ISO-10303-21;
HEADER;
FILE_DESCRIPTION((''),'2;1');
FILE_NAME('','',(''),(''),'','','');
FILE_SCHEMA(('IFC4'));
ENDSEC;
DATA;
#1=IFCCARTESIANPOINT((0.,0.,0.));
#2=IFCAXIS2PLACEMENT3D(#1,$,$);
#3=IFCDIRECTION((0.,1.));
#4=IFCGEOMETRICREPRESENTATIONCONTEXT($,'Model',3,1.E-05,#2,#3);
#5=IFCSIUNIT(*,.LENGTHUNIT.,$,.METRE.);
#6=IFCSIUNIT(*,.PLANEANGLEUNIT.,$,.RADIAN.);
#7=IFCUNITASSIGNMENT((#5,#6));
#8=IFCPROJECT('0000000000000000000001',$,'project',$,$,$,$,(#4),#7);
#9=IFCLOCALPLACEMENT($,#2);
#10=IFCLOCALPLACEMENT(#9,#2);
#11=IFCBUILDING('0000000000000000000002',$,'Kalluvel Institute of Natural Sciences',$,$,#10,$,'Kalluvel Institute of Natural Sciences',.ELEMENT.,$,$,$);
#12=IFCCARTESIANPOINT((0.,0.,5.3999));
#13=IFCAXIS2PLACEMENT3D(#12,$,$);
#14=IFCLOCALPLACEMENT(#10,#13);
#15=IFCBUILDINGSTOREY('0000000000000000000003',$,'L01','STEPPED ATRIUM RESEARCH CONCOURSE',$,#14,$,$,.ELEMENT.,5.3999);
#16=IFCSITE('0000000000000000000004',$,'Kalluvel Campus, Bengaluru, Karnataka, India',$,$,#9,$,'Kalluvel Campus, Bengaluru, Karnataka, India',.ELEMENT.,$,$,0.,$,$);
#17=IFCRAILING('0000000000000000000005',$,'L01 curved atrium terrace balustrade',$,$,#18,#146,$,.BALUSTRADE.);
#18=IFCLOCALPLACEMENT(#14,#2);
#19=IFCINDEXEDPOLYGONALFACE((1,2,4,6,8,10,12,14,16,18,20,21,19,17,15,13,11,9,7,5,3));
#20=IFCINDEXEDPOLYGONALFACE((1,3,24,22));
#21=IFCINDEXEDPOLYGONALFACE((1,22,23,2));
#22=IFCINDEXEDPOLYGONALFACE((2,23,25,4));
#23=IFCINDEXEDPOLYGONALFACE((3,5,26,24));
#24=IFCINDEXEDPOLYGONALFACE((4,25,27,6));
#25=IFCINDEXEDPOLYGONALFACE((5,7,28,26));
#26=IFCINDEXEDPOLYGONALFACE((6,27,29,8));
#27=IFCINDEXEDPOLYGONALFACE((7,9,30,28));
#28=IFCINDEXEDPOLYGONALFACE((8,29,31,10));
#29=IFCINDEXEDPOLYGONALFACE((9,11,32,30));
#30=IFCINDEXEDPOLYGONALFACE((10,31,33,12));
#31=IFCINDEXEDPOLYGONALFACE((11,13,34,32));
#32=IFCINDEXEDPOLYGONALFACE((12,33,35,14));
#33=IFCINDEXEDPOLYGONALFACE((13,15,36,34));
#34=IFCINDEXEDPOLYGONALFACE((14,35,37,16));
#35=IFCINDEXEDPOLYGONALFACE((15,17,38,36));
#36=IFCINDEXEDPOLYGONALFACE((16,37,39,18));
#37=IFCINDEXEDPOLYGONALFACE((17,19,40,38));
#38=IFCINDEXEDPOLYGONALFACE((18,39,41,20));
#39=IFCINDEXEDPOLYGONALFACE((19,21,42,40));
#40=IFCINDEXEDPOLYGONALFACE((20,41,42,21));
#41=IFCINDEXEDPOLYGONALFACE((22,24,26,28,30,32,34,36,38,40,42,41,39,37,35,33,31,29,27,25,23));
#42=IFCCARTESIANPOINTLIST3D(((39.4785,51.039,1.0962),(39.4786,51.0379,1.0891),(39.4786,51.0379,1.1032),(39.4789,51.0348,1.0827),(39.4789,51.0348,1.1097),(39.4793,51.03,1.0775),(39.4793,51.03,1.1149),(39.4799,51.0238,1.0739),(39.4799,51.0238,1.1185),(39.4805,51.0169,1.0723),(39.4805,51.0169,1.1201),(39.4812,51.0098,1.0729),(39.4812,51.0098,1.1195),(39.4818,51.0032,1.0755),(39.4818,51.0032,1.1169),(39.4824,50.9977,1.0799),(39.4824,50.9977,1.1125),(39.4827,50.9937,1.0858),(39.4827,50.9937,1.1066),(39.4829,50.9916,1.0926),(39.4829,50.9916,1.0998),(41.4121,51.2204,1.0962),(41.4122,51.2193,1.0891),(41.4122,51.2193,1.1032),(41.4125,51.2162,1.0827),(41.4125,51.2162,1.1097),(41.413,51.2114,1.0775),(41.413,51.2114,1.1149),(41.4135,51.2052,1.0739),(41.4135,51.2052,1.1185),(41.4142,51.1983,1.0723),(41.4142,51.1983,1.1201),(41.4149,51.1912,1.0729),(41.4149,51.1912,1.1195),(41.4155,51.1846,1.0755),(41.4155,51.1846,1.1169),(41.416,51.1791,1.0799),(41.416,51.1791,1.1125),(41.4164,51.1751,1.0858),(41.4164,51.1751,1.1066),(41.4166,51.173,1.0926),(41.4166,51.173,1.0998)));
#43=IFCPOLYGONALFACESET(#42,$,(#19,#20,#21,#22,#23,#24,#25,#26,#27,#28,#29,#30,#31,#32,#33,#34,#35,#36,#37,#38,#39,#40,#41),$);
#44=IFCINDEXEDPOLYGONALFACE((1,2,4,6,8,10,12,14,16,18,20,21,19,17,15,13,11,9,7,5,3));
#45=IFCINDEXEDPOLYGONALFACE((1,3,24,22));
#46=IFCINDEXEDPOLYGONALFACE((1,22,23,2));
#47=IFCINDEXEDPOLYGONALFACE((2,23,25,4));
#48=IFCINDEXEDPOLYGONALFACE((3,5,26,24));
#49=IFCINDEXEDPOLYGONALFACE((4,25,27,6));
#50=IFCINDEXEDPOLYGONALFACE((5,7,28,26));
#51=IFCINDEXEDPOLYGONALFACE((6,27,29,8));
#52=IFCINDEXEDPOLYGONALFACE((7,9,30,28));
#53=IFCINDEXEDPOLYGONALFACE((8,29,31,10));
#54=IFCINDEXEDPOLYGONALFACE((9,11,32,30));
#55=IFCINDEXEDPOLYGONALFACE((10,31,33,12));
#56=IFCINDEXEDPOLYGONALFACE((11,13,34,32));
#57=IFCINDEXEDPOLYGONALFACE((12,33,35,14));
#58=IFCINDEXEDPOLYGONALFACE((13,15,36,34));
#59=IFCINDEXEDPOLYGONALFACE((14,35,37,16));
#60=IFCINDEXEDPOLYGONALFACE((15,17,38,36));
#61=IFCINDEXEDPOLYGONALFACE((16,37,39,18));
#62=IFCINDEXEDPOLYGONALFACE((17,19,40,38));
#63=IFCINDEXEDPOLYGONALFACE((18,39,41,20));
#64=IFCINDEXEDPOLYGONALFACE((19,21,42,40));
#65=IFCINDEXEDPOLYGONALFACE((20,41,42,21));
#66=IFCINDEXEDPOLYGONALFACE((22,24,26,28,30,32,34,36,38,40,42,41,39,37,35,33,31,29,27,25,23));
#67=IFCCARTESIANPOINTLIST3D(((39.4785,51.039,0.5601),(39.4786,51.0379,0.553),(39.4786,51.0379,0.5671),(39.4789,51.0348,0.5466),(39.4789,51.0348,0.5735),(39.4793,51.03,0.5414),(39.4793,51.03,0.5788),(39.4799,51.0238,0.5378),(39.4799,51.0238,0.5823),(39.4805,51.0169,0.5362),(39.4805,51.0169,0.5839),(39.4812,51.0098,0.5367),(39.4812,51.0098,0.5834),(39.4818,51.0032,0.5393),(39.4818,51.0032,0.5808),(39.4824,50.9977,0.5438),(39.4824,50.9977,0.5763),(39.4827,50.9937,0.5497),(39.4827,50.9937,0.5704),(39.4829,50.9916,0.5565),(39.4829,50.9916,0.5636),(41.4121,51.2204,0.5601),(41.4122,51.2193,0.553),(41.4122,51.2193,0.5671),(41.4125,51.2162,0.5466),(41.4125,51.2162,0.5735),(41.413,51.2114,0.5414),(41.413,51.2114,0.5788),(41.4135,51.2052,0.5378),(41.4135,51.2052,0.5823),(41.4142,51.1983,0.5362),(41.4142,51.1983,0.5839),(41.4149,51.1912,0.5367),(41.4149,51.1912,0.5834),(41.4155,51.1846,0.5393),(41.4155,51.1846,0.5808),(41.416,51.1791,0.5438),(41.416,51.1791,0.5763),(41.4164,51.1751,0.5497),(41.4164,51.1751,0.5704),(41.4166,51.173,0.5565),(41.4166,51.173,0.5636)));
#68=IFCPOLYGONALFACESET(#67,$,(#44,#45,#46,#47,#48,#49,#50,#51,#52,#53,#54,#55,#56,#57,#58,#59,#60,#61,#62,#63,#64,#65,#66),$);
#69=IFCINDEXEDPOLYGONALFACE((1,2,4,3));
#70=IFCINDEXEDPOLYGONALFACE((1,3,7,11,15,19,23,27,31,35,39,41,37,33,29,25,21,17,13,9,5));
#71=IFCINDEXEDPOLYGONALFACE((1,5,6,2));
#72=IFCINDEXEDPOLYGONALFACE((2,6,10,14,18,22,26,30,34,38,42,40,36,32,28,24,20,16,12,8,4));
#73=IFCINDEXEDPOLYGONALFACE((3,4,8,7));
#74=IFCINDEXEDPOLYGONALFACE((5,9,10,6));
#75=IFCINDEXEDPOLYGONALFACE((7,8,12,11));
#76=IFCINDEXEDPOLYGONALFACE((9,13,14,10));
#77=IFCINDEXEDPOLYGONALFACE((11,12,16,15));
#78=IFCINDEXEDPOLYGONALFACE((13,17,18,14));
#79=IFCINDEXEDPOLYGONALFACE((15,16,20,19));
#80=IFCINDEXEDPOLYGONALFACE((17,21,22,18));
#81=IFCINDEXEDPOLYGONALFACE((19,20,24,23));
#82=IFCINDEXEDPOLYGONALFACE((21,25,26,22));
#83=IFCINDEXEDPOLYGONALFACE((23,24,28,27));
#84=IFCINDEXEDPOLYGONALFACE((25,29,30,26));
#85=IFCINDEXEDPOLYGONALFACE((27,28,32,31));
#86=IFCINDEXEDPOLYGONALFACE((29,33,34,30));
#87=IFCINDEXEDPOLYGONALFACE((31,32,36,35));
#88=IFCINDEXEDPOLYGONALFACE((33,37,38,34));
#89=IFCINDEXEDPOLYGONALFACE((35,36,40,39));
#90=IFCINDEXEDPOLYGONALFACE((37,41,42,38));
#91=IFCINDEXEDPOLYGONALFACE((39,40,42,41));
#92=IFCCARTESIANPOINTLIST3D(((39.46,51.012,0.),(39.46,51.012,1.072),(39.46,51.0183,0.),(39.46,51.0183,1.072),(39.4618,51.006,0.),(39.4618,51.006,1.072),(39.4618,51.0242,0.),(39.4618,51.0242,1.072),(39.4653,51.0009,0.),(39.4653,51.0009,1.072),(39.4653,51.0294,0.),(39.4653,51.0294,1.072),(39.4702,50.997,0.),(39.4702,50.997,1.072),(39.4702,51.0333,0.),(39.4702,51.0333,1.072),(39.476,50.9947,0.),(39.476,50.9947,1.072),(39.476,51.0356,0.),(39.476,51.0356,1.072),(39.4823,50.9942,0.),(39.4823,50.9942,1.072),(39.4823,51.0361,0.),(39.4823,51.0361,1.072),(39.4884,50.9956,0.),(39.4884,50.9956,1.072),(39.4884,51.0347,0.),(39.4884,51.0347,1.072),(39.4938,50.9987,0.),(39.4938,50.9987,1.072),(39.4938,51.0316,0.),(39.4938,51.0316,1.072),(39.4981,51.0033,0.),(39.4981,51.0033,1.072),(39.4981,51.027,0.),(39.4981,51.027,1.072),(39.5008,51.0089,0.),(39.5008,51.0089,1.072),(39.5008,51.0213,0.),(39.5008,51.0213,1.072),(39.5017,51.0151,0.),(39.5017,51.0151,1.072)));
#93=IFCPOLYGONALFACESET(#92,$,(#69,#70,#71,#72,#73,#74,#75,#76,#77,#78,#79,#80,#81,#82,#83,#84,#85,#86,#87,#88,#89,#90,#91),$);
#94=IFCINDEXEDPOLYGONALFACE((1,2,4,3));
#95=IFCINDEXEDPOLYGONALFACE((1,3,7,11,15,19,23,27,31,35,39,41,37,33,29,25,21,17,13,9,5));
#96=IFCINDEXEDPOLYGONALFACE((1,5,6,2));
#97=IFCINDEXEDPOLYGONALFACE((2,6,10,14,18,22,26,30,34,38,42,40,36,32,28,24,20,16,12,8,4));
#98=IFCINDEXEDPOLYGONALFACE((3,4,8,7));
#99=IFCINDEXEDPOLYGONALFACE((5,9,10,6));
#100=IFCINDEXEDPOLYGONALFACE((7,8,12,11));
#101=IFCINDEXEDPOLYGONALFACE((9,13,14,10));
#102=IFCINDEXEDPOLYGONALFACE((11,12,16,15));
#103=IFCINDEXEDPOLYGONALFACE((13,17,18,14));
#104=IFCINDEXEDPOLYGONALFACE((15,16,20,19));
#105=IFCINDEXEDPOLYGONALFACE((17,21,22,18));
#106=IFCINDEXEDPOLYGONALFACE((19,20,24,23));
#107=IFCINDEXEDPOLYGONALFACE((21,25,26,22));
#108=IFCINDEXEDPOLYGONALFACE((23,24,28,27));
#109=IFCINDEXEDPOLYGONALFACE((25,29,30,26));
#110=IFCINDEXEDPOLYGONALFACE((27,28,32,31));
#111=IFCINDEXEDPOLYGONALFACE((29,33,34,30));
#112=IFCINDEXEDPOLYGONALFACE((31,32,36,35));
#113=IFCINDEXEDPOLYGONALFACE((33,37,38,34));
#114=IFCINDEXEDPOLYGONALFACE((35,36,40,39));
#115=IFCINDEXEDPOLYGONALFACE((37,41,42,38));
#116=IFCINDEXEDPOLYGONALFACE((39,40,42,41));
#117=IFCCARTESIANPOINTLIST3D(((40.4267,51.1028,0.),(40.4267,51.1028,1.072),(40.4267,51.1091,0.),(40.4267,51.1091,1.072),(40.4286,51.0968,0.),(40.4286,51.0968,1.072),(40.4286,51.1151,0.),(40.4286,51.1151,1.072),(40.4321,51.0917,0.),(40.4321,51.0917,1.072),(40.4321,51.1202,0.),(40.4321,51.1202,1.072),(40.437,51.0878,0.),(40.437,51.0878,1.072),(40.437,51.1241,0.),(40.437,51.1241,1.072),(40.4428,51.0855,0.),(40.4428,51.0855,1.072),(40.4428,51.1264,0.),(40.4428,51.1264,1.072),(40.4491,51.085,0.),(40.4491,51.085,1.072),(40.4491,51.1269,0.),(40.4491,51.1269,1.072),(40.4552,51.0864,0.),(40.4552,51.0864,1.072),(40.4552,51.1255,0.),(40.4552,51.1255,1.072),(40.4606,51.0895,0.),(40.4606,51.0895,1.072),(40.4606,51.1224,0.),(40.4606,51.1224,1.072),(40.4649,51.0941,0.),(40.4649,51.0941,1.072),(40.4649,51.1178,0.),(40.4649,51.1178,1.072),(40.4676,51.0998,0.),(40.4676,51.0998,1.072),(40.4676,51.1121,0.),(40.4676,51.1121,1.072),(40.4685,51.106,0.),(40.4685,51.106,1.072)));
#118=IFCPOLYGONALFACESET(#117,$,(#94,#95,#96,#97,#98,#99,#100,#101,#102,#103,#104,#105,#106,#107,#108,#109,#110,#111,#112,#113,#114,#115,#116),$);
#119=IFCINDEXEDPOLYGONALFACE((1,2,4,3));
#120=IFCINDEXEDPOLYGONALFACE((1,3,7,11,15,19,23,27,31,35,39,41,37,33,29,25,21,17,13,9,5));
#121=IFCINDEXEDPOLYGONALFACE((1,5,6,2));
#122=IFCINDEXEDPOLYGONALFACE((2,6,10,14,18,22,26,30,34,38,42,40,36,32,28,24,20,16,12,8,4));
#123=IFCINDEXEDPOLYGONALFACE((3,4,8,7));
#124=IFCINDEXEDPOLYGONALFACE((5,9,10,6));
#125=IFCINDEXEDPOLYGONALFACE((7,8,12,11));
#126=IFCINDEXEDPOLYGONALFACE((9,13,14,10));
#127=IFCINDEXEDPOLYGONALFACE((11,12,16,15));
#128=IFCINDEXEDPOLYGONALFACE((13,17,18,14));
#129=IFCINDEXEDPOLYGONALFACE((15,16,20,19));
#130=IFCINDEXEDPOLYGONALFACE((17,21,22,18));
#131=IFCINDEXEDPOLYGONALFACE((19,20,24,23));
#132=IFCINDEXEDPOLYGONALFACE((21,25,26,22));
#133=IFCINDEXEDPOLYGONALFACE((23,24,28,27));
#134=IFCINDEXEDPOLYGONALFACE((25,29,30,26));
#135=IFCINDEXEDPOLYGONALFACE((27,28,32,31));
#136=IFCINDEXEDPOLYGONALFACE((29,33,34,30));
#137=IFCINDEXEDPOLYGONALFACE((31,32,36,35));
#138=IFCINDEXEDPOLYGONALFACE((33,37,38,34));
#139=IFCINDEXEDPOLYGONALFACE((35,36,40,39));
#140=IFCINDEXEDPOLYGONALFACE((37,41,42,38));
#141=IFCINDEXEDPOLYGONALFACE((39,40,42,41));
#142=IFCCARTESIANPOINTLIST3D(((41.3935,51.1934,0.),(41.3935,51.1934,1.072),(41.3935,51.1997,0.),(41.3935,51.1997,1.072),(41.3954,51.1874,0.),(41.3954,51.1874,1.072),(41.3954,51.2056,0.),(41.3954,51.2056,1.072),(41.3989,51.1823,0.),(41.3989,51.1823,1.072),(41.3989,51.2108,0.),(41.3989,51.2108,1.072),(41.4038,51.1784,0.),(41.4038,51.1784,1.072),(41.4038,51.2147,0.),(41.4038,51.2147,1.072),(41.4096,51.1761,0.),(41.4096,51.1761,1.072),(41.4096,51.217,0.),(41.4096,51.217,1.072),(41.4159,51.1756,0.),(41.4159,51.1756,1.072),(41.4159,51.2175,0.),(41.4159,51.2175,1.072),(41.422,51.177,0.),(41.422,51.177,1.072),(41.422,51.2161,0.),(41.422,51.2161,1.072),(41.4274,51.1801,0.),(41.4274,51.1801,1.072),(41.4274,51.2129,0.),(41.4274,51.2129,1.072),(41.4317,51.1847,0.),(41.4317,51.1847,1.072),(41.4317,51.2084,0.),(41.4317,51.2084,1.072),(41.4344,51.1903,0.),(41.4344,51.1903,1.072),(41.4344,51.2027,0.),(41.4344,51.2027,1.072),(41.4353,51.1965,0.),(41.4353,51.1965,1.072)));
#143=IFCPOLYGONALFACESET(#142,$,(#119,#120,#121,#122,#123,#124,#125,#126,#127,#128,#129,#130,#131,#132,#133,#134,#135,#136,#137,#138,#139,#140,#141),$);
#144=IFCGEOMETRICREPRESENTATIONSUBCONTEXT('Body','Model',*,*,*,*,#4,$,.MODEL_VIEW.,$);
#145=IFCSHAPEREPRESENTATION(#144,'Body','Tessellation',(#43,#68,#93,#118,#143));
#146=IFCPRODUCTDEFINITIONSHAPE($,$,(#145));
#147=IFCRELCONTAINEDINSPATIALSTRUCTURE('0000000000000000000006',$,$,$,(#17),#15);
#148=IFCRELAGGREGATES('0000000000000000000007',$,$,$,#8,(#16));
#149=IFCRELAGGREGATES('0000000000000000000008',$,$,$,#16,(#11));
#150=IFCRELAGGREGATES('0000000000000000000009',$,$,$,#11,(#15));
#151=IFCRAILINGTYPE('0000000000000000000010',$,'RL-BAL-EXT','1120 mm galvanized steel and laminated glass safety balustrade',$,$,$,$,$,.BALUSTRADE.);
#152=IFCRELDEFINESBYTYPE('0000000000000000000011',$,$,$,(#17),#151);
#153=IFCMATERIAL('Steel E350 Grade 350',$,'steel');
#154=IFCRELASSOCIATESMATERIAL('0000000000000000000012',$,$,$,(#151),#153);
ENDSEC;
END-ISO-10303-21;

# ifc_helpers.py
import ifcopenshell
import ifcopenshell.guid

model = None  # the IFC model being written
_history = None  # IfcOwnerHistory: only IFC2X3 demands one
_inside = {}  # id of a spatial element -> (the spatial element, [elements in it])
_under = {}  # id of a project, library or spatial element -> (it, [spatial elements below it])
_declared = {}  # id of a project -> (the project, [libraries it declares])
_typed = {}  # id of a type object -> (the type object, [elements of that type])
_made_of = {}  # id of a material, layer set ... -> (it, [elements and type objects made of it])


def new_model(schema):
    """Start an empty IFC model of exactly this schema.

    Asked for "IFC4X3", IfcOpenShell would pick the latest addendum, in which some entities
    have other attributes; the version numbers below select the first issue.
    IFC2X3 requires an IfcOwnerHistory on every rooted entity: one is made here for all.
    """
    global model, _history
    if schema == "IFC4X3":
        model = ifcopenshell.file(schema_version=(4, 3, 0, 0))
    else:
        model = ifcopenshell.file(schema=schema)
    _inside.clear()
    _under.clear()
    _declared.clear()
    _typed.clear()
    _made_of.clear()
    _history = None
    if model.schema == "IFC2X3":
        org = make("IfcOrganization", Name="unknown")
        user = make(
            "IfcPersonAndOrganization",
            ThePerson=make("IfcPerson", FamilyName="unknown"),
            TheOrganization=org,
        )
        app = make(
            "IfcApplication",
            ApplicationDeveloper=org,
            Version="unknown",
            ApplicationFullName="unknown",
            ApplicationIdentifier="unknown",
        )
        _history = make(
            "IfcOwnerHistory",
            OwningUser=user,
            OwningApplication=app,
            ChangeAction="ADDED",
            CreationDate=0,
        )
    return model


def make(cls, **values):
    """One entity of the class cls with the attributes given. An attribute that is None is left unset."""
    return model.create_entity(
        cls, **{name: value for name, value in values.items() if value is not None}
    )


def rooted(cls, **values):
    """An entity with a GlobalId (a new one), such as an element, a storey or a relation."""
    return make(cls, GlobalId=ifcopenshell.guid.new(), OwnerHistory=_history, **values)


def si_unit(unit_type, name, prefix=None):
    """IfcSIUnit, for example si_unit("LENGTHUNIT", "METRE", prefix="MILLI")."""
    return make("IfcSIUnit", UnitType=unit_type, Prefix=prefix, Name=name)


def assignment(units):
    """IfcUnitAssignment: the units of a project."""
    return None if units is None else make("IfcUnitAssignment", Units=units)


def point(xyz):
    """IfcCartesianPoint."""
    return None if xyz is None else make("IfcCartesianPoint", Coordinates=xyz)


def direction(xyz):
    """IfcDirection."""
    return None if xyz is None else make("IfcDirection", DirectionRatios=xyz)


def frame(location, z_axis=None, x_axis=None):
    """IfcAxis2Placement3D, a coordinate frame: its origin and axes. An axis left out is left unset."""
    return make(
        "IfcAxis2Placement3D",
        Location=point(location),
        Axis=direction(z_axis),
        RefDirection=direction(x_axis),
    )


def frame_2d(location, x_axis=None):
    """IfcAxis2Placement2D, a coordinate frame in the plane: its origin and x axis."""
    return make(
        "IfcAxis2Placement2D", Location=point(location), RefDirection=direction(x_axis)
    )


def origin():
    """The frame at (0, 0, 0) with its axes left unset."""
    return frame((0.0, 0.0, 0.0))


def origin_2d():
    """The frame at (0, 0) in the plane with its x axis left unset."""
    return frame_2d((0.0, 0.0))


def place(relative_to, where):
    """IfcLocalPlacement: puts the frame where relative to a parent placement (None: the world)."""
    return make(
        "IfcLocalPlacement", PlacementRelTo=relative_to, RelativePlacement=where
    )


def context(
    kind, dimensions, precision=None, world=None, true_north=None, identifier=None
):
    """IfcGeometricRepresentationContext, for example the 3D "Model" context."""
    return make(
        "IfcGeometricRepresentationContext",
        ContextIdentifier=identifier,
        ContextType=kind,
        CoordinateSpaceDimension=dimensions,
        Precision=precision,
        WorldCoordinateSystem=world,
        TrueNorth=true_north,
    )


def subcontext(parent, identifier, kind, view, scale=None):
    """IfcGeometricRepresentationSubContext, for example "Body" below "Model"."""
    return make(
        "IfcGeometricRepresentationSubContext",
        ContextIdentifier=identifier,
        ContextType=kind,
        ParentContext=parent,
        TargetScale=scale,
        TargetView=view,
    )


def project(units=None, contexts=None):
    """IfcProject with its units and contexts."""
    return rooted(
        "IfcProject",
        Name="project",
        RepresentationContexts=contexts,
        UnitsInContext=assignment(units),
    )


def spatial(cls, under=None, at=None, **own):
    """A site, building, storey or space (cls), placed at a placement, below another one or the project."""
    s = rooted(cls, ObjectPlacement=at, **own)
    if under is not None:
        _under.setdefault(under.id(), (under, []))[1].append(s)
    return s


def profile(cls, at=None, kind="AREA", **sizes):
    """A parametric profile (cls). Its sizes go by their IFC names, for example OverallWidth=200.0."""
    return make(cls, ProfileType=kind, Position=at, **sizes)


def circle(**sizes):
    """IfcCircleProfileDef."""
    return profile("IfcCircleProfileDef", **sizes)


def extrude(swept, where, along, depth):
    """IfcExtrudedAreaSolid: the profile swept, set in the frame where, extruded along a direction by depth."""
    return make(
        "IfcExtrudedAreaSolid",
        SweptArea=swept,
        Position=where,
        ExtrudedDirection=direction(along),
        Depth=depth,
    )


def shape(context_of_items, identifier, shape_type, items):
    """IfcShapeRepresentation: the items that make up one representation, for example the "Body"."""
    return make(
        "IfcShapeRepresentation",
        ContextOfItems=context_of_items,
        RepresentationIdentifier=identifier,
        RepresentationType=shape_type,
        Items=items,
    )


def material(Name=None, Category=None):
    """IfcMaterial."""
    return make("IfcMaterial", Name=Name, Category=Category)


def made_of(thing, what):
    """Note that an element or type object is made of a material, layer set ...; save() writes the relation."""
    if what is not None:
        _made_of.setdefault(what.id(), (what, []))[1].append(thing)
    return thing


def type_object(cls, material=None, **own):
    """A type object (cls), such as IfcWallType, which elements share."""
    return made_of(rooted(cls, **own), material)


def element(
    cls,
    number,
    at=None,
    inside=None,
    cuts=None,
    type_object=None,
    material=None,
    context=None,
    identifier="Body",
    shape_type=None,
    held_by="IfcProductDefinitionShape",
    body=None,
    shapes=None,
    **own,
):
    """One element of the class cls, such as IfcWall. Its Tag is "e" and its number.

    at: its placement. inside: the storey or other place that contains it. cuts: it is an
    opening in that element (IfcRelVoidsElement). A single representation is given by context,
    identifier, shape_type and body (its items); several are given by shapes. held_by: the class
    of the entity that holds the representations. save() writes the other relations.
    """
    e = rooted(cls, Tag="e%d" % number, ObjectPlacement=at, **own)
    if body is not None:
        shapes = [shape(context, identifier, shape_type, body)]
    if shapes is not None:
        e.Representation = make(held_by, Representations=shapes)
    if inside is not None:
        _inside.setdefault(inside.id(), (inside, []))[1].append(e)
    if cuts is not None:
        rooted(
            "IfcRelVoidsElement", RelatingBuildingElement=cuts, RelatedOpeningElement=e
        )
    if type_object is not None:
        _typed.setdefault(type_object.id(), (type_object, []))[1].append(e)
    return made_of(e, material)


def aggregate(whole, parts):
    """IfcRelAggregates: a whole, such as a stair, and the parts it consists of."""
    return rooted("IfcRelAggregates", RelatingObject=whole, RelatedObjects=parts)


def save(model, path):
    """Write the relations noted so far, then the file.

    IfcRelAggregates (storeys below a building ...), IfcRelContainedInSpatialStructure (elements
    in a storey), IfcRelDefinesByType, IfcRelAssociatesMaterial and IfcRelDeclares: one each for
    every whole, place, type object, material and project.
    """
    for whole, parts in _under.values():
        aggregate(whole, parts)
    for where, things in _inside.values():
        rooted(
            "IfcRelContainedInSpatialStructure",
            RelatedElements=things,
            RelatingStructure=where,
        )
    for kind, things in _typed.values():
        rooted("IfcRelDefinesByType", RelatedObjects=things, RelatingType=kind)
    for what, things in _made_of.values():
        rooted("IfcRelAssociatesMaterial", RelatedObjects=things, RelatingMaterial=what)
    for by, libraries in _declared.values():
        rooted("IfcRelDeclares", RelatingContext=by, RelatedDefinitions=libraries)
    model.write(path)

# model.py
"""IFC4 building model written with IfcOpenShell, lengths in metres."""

from ifc_helpers import new_model, si_unit, direction, frame, origin, origin_2d, place, context, subcontext, project, spatial, circle, extrude, material, type_object, element, save


model = new_model("IFC4")

# Units and contexts
model_context = context("Model", 3, precision=1e-05, world=origin(), true_north=direction((0.0, 1.0)))
body_context = subcontext(model_context, "Body", "Model", "MODEL_VIEW")
ifc_project = project(units=[si_unit("LENGTHUNIT", "METRE"), si_unit("PLANEANGLEUNIT", "RADIAN")], contexts=[model_context])

# Site, building, storey
site_placement = place(None, origin())
site = spatial("IfcSite", under=ifc_project, at=site_placement, Name="Kalluvel Campus, Bengaluru, Karnataka, India", LongName="Kalluvel Campus, Bengaluru, Karnataka, India", CompositionType="ELEMENT", RefElevation=0.0)
building_placement = place(site_placement, origin())
building = spatial("IfcBuilding", under=site, at=building_placement, Name="Kalluvel Institute of Natural Sciences", LongName="Kalluvel Institute of Natural Sciences", CompositionType="ELEMENT")
storey_placement = place(building_placement, frame((0.0, 0.0, 5.3999)))
storey = spatial("IfcBuildingStorey", under=building, at=storey_placement, Name="L01", Description="STEPPED ATRIUM RESEARCH CONCOURSE", CompositionType="ELEMENT", Elevation=5.3999)

# Railing
ifc_material_1 = material(Name="Steel E350 Grade 350", Category="steel")
railing_type = type_object("IfcRailingType", Name="RL-BAL-EXT", Description="1120 mm galvanized steel and laminated glass safety balustrade", PredefinedType="BALUSTRADE", material=ifc_material_1)
railing_1_placement = place(storey_placement, frame((39.4807, 51.0151, 0.0)))
element("IfcRailing", 1, at=railing_1_placement, inside=storey, type_object=railing_type, Name="L01 curved atrium terrace balustrade", PredefinedType="BALUSTRADE", context=body_context, shape_type="SweptSolid", body=[
    extrude(circle(Radius=0.0239, at=origin_2d()), frame((0.0, 0.0, 1.0962), z_axis=(0.995628, 0.093403, 0.0), x_axis=(-0.093403, 0.995628, 0.0)), (0.0, 0.0, 1.0), 1.9421),
    extrude(circle(Radius=0.0239, at=origin_2d()), frame((0.0, 0.0, 0.5601), z_axis=(0.995628, 0.093403, 0.0), x_axis=(-0.093403, 0.995628, 0.0)), (0.0, 0.0, 1.0), 1.9421),
    extrude(circle(Radius=0.021, at=origin_2d()), origin(), (0.0, 0.0, 1.0), 1.072),
    extrude(circle(Radius=0.021, at=origin_2d()), frame((0.9668, 0.0908, 0.0)), (0.0, 0.0, 1.0), 1.072),
    extrude(circle(Radius=0.021, at=origin_2d()), frame((1.9336, 0.1814, 0.0)), (0.0, 0.0, 1.0), 1.072),
])

save(model, "model.ifc")
